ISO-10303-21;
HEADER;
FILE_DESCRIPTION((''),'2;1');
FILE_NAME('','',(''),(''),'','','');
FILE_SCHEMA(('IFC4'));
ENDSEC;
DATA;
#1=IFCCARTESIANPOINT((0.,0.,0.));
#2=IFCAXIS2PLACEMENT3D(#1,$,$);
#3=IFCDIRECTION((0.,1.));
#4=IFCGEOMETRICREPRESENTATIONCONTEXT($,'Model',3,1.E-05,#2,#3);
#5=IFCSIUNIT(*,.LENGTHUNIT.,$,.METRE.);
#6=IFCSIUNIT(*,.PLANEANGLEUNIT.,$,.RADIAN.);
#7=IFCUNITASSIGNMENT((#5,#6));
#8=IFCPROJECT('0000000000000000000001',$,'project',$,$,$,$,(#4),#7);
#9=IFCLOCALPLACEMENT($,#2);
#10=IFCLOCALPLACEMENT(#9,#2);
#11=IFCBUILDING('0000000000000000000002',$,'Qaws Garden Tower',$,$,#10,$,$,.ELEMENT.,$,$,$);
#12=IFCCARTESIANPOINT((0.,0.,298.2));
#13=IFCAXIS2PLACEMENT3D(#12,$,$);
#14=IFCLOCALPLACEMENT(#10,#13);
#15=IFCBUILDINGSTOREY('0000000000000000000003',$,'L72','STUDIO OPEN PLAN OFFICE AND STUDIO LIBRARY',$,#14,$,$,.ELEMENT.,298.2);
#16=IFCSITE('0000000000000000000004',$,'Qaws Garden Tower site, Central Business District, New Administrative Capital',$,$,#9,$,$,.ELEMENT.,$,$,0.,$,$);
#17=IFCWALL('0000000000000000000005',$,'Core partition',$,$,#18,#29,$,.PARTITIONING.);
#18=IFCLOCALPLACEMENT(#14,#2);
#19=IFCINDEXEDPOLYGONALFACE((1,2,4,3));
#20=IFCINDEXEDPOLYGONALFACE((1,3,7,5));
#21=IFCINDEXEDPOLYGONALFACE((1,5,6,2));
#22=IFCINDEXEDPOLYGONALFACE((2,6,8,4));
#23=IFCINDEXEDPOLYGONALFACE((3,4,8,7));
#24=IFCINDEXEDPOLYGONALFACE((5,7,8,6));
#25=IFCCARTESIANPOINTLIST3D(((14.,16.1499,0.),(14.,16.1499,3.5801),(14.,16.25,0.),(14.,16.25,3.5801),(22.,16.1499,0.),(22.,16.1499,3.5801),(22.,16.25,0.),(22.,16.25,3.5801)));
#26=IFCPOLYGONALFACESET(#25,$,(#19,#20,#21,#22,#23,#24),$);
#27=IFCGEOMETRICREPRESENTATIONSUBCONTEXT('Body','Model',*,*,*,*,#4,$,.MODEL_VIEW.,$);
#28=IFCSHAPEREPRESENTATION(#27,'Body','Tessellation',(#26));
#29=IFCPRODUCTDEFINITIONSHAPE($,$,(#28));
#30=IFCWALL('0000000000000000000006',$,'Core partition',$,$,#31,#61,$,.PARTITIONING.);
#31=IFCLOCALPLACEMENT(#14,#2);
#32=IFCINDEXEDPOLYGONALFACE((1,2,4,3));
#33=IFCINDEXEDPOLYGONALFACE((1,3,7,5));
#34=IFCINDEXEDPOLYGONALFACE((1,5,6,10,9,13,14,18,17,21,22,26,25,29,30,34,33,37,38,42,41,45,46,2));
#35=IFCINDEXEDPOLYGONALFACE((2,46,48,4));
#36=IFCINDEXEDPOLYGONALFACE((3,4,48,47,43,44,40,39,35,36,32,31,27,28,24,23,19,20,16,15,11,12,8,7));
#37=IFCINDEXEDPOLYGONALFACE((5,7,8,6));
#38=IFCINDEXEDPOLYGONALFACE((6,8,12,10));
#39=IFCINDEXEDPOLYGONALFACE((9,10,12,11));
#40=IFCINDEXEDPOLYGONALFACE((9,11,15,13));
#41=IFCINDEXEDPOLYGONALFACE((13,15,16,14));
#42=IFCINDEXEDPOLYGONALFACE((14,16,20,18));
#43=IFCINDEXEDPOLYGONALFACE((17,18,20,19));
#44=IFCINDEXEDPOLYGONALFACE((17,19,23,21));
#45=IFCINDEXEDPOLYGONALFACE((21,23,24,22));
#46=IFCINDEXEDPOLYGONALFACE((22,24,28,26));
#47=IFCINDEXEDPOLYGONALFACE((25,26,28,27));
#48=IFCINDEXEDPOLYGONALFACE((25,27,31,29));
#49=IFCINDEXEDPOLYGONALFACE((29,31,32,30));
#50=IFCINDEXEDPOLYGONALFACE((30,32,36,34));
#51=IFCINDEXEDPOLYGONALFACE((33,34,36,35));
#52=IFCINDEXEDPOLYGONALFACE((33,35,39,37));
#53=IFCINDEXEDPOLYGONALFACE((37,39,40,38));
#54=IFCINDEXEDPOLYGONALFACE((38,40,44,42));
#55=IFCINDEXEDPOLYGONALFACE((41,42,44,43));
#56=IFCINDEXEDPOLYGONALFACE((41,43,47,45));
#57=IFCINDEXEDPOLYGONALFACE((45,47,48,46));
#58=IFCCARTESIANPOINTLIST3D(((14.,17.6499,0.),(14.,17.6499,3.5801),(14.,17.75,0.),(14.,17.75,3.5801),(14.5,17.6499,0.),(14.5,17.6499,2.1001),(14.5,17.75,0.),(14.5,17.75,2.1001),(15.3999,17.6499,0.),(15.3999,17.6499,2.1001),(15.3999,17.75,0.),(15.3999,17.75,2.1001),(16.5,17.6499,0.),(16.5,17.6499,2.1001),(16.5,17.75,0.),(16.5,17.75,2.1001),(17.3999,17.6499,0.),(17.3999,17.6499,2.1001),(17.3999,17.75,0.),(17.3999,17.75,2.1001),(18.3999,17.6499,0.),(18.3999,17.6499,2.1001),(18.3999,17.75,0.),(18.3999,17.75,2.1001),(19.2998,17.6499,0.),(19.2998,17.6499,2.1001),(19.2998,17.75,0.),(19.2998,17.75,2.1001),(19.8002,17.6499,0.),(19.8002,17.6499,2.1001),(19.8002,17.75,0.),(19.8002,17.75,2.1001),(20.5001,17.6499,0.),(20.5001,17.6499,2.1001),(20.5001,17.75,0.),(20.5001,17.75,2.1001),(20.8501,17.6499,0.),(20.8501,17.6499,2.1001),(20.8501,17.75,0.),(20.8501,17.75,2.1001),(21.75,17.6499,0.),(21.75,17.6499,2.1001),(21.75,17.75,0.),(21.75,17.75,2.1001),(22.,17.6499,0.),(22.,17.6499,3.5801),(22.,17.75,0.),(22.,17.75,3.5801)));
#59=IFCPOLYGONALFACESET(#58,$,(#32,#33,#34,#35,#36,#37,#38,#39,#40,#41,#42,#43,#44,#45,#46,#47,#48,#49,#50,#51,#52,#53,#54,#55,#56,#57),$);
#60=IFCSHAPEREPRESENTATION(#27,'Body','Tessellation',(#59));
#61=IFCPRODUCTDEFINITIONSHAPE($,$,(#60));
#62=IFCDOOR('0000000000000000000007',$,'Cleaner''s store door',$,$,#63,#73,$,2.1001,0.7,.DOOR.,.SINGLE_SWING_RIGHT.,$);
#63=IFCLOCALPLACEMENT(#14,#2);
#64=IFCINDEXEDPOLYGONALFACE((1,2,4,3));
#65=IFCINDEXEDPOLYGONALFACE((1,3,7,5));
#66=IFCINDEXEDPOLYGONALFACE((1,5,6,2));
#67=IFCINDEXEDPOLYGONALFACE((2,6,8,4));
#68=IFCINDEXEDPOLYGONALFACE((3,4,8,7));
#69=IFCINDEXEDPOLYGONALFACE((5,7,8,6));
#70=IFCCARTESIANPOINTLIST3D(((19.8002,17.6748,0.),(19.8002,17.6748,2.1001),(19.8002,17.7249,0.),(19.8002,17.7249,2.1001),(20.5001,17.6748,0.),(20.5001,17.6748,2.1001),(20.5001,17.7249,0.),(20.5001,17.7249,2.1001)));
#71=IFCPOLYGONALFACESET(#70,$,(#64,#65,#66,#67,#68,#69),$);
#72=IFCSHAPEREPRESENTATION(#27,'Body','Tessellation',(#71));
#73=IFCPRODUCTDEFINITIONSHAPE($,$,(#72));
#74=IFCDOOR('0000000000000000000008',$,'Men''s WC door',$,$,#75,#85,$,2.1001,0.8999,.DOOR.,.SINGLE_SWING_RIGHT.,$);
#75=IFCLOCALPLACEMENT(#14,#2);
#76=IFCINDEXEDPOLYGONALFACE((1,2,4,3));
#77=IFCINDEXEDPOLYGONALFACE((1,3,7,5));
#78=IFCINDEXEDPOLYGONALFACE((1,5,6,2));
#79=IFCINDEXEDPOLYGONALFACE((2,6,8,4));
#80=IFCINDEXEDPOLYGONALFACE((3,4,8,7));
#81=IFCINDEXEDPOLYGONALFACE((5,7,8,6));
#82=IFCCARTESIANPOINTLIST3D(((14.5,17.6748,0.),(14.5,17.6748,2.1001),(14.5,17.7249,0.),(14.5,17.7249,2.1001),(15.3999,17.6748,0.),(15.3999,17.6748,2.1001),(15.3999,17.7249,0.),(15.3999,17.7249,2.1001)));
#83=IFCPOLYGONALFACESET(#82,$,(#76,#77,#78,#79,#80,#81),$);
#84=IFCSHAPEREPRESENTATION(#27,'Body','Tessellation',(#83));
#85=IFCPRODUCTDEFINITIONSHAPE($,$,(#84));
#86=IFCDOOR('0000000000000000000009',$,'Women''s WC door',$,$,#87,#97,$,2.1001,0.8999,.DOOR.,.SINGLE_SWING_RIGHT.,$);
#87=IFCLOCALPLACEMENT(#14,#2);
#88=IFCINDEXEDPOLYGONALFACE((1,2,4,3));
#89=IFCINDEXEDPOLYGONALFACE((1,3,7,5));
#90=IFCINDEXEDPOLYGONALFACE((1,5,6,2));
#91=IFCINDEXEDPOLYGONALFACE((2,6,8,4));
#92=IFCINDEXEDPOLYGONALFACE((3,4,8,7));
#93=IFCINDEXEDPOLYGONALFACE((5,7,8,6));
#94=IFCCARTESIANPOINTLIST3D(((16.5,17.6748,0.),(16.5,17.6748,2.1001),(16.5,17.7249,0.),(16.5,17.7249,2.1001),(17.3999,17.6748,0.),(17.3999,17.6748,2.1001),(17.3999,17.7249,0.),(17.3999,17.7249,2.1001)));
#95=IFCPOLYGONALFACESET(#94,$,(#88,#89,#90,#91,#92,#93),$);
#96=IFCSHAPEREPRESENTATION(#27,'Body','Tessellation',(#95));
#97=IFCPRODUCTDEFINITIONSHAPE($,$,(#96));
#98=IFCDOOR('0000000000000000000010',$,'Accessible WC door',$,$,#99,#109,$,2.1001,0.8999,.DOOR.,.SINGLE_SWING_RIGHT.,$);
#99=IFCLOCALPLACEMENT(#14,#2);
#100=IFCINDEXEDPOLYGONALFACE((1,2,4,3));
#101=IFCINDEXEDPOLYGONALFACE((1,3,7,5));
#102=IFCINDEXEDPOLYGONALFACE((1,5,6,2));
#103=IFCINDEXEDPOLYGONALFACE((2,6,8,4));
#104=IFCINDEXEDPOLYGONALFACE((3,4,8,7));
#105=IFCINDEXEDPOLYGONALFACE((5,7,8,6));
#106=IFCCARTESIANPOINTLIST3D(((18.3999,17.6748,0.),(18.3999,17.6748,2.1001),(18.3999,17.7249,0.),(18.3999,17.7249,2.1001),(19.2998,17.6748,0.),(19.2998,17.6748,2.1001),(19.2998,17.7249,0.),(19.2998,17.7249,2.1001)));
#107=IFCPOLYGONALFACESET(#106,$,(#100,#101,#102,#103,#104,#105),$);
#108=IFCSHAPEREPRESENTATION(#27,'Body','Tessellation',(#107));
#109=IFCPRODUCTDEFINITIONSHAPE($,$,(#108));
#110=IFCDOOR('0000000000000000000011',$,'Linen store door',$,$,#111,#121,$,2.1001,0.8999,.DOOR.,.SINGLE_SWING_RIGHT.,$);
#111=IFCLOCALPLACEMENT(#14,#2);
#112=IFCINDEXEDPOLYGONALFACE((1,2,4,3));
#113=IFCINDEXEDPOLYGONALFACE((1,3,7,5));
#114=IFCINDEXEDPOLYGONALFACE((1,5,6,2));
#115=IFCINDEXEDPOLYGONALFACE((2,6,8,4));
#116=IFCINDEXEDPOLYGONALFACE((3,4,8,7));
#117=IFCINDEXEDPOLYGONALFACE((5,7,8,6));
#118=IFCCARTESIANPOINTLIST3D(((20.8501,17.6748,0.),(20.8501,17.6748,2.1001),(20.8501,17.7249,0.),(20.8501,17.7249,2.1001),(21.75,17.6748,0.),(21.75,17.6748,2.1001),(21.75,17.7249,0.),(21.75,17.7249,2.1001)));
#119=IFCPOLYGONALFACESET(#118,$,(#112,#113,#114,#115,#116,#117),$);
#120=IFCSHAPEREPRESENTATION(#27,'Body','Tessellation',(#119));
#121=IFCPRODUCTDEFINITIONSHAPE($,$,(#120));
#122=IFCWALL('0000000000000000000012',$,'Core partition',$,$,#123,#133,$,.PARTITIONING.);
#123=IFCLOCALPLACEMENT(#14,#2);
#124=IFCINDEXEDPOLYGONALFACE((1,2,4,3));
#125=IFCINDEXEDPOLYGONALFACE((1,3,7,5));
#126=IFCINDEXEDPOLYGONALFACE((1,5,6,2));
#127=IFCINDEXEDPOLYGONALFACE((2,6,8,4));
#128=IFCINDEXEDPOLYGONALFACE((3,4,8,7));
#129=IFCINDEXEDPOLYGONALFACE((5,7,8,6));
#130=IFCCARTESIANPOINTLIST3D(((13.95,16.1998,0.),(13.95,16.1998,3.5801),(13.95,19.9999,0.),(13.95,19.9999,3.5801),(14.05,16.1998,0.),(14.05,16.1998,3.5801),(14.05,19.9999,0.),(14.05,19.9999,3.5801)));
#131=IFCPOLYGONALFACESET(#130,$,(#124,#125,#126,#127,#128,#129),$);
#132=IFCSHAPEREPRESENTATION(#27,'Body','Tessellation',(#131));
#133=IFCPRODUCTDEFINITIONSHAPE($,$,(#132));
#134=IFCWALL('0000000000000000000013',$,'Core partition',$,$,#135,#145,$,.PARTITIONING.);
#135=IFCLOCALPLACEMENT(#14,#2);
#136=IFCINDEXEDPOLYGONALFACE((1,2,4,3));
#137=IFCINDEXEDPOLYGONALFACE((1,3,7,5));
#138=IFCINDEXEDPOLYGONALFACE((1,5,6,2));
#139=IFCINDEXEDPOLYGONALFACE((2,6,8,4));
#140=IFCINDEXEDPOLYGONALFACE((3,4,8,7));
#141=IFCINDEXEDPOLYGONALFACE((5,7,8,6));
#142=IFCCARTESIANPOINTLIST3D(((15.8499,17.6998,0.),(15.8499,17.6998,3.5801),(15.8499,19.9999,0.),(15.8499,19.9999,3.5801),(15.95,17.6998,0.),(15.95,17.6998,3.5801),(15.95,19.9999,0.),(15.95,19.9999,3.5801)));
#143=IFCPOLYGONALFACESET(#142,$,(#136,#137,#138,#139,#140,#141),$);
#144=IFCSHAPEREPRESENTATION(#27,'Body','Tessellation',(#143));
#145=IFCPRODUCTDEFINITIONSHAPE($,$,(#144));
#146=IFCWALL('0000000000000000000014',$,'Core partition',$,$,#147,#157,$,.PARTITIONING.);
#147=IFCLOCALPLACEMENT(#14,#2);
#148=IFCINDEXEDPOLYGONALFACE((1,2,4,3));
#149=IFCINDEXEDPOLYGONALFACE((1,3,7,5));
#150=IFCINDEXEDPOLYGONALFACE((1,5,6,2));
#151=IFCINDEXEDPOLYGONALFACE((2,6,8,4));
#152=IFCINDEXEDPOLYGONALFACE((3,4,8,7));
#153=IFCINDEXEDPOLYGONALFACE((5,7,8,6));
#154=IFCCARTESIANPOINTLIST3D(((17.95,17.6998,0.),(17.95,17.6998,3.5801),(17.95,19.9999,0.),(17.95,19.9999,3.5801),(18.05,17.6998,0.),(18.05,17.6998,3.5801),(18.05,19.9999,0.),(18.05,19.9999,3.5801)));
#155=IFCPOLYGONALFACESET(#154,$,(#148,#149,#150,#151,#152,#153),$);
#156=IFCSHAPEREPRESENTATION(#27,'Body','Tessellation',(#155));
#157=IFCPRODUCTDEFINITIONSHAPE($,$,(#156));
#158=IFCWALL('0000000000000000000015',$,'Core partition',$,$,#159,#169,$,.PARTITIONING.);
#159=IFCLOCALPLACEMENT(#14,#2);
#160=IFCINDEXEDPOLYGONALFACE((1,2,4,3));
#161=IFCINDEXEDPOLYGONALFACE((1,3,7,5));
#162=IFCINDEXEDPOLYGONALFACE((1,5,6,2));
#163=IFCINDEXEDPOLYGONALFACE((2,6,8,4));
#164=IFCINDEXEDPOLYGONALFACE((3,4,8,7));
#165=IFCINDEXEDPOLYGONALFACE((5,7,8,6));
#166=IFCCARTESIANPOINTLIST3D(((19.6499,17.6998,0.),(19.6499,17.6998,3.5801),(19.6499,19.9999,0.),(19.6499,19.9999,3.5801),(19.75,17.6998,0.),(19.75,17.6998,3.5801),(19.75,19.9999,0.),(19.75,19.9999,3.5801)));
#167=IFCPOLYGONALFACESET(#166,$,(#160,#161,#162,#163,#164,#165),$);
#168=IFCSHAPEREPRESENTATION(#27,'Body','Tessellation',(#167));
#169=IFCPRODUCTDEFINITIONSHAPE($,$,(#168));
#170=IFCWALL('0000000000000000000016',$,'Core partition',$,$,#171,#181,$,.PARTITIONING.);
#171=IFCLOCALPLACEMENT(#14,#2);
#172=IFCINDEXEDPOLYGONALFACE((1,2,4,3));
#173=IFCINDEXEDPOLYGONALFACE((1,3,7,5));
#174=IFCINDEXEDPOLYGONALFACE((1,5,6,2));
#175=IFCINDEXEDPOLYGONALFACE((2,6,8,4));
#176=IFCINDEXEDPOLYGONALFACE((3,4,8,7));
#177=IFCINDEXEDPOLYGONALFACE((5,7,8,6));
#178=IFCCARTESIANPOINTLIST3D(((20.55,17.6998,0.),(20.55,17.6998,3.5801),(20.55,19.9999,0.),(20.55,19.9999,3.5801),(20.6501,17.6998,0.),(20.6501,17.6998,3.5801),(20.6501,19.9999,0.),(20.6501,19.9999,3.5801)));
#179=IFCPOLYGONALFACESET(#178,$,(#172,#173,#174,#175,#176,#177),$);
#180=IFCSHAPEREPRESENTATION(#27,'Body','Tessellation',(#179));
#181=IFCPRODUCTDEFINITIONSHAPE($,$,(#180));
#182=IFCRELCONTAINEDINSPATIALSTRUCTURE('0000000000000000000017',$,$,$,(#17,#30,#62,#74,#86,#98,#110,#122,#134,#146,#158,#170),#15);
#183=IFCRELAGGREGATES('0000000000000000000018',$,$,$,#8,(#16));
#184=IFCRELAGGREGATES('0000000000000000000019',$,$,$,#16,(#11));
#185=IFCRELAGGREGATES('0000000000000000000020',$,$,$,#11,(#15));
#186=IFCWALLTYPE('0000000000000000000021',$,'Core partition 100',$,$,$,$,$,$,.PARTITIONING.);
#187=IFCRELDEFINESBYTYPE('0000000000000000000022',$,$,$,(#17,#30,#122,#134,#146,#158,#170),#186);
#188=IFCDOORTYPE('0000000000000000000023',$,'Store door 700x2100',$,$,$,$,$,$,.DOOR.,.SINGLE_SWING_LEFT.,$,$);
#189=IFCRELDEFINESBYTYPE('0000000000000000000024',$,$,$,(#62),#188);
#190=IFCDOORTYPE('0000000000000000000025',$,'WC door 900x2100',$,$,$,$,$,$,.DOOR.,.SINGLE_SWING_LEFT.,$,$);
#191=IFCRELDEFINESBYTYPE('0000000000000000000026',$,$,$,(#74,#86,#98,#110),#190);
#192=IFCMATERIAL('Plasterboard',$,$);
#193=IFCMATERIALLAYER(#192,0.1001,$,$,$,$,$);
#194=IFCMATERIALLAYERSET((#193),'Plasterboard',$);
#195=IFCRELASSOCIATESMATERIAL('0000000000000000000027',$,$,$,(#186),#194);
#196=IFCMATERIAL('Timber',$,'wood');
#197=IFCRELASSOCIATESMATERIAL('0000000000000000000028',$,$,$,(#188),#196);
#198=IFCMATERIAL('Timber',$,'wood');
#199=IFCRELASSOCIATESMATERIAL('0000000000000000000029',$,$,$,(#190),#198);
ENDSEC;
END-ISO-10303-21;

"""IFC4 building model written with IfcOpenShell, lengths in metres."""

from ifc_helpers import new_model, si_unit, direction, frame, frame_2d, origin, place, context, subcontext, project, spatial, rectangle, extrude, material, layer, layer_set, type_object, element, fill, save


model = new_model("IFC4")

# Units and contexts
model_context = context("Model", 3, precision=1e-05, world=origin(), true_north=direction((0.0, 1.0)))
body_context = subcontext(model_context, "Body", "Model", "MODEL_VIEW")
ifc_project = project(units=[si_unit("LENGTHUNIT", "METRE"), si_unit("PLANEANGLEUNIT", "RADIAN")], contexts=[model_context])

# Site, building, storey
site_placement = place(None, origin())
site = spatial("IfcSite", under=ifc_project, at=site_placement, Name="Qaws Garden Tower site, Central Business District, New Administrative Capital", CompositionType="ELEMENT", RefElevation=0.0)
building_placement = place(site_placement, origin())
building = spatial("IfcBuilding", under=site, at=building_placement, Name="Qaws Garden Tower", CompositionType="ELEMENT")
storey_placement = place(building_placement, frame((0.0, 0.0, 298.2)))
storey = spatial("IfcBuildingStorey", under=building, at=storey_placement, Name="L72", Description="STUDIO OPEN PLAN OFFICE AND STUDIO LIBRARY", CompositionType="ELEMENT", Elevation=298.2)

# Wall
ifc_material_1 = material(Name="Plasterboard")
ifc_layer_1 = layer(ifc_material_1, 0.1001)
ifc_layer_set_1 = layer_set([ifc_layer_1], Name="Plasterboard")
wall_type_1 = type_object("IfcWallType", Name="Core partition 100", PredefinedType="PARTITIONING", material=ifc_layer_set_1)
wall_1_placement = place(storey_placement, frame((14.0, 16.2, 0.0), z_axis=(0.0, 0.0, 1.0), x_axis=(1.0, 0.0, 0.0)))
element("IfcWall", 1, at=wall_1_placement, inside=storey, type_object=wall_type_1, Name="Core partition", PredefinedType="PARTITIONING", context=body_context, shape_type="SweptSolid", body=[
    extrude(rectangle(XDim=8.0, YDim=0.1001, at=frame_2d((4.0, 0.0))), origin(), (0.0, 0.0, 1.0), 3.5801),
])

# Wall, openings, doors
wall_2_placement = place(storey_placement, frame((14.0, 17.7, 0.0), z_axis=(0.0, 0.0, 1.0), x_axis=(1.0, 0.0, 0.0)))
wall_2 = element("IfcWall", 2, at=wall_2_placement, inside=storey, type_object=wall_type_1, Name="Core partition", PredefinedType="PARTITIONING", context=body_context, shape_type="SweptSolid", body=[
    extrude(rectangle(XDim=8.0, YDim=0.1001, at=frame_2d((4.0, 0.0))), origin(), (0.0, 0.0, 1.0), 3.5801),
])
opening_1_placement = place(wall_2_placement, frame((0.5, 0.0, 0.0)))
opening_1 = element("IfcOpeningElement", 3, at=opening_1_placement, cuts=wall_2, PredefinedType="OPENING", context=body_context, shape_type="SweptSolid", body=[
    extrude(rectangle(XDim=0.8999, YDim=2.1001, at=frame_2d((0.45, 1.05))), frame((0.0, 0.0601, 0.0), z_axis=(0.0, -1.0, 0.0), x_axis=(1.0, 0.0, 0.0)), (0.0, 0.0, 1.0), 0.1201),
])
opening_2_placement = place(wall_2_placement, frame((2.5, 0.0, 0.0)))
opening_2 = element("IfcOpeningElement", 4, at=opening_2_placement, cuts=wall_2, PredefinedType="OPENING", context=body_context, shape_type="SweptSolid", body=[
    extrude(rectangle(XDim=0.8999, YDim=2.1001, at=frame_2d((0.45, 1.05))), frame((0.0, 0.0601, 0.0), z_axis=(0.0, -1.0, 0.0), x_axis=(1.0, 0.0, 0.0)), (0.0, 0.0, 1.0), 0.1201),
])
opening_3_placement = place(wall_2_placement, frame((4.3999, 0.0, 0.0)))
opening_3 = element("IfcOpeningElement", 5, at=opening_3_placement, cuts=wall_2, PredefinedType="OPENING", context=body_context, shape_type="SweptSolid", body=[
    extrude(rectangle(XDim=0.8999, YDim=2.1001, at=frame_2d((0.45, 1.05))), frame((0.0, 0.0601, 0.0), z_axis=(0.0, -1.0, 0.0), x_axis=(1.0, 0.0, 0.0)), (0.0, 0.0, 1.0), 0.1201),
])
opening_4_placement = place(wall_2_placement, frame((5.8, 0.0, 0.0)))
opening_4 = element("IfcOpeningElement", 6, at=opening_4_placement, cuts=wall_2, PredefinedType="OPENING", context=body_context, shape_type="SweptSolid", body=[
    extrude(rectangle(XDim=0.7, YDim=2.1001, at=frame_2d((0.3501, 1.05))), frame((0.0, 0.0601, 0.0), z_axis=(0.0, -1.0, 0.0), x_axis=(1.0, 0.0, 0.0)), (0.0, 0.0, 1.0), 0.1201),
])
opening_5_placement = place(wall_2_placement, frame((6.8501, 0.0, 0.0)))
opening_5 = element("IfcOpeningElement", 7, at=opening_5_placement, cuts=wall_2, PredefinedType="OPENING", context=body_context, shape_type="SweptSolid", body=[
    extrude(rectangle(XDim=0.8999, YDim=2.1001, at=frame_2d((0.45, 1.05))), frame((0.0, 0.0601, 0.0), z_axis=(0.0, -1.0, 0.0), x_axis=(1.0, 0.0, 0.0)), (0.0, 0.0, 1.0), 0.1201),
])
ifc_material_2 = material(Name="Timber", Category="wood")
door_type_1 = type_object("IfcDoorType", Name="Store door 700x2100", OperationType="SINGLE_SWING_LEFT", PredefinedType="DOOR", material=ifc_material_2)
door_1_placement = place(opening_4_placement, origin())
door_1 = element("IfcDoor", 8, at=door_1_placement, inside=storey, type_object=door_type_1, Name="Cleaner's store door", OperationType="SINGLE_SWING_RIGHT", OverallHeight=2.1001, OverallWidth=0.7, PredefinedType="DOOR", context=body_context, shape_type="SweptSolid", body=[
    extrude(rectangle(XDim=0.7, YDim=2.1001, at=frame_2d((0.3501, 1.05))), frame((0.0, 0.0249, 0.0), z_axis=(0.0, -1.0, 0.0), x_axis=(1.0, 0.0, 0.0)), (0.0, 0.0, 1.0), 0.05),
])
fill(opening_4, door_1)
ifc_material_3 = material(Name="Timber", Category="wood")
door_type_2 = type_object("IfcDoorType", Name="WC door 900x2100", OperationType="SINGLE_SWING_LEFT", PredefinedType="DOOR", material=ifc_material_3)
door_2_placement = place(opening_1_placement, origin())
door_2 = element("IfcDoor", 9, at=door_2_placement, inside=storey, type_object=door_type_2, Name="Men's WC door", OperationType="SINGLE_SWING_RIGHT", OverallHeight=2.1001, OverallWidth=0.8999, PredefinedType="DOOR", context=body_context, shape_type="SweptSolid", body=[
    extrude(rectangle(XDim=0.8999, YDim=2.1001, at=frame_2d((0.45, 1.05))), frame((0.0, 0.0249, 0.0), z_axis=(0.0, -1.0, 0.0), x_axis=(1.0, 0.0, 0.0)), (0.0, 0.0, 1.0), 0.05),
])
fill(opening_1, door_2)
door_3_placement = place(opening_2_placement, origin())
door_3 = element("IfcDoor", 10, at=door_3_placement, inside=storey, type_object=door_type_2, Name="Women's WC door", OperationType="SINGLE_SWING_RIGHT", OverallHeight=2.1001, OverallWidth=0.8999, PredefinedType="DOOR", context=body_context, shape_type="SweptSolid", body=[
    extrude(rectangle(XDim=0.8999, YDim=2.1001, at=frame_2d((0.45, 1.05))), frame((0.0, 0.0249, 0.0), z_axis=(0.0, -1.0, 0.0), x_axis=(1.0, 0.0, 0.0)), (0.0, 0.0, 1.0), 0.05),
])
fill(opening_2, door_3)
door_4_placement = place(opening_3_placement, origin())
door_4 = element("IfcDoor", 11, at=door_4_placement, inside=storey, type_object=door_type_2, Name="Accessible WC door", OperationType="SINGLE_SWING_RIGHT", OverallHeight=2.1001, OverallWidth=0.8999, PredefinedType="DOOR", context=body_context, shape_type="SweptSolid", body=[
    extrude(rectangle(XDim=0.8999, YDim=2.1001, at=frame_2d((0.45, 1.05))), frame((0.0, 0.0249, 0.0), z_axis=(0.0, -1.0, 0.0), x_axis=(1.0, 0.0, 0.0)), (0.0, 0.0, 1.0), 0.05),
])
fill(opening_3, door_4)
door_5_placement = place(opening_5_placement, origin())
door_5 = element("IfcDoor", 12, at=door_5_placement, inside=storey, type_object=door_type_2, Name="Linen store door", OperationType="SINGLE_SWING_RIGHT", OverallHeight=2.1001, OverallWidth=0.8999, PredefinedType="DOOR", context=body_context, shape_type="SweptSolid", body=[
    extrude(rectangle(XDim=0.8999, YDim=2.1001, at=frame_2d((0.45, 1.05))), frame((0.0, 0.0249, 0.0), z_axis=(0.0, -1.0, 0.0), x_axis=(1.0, 0.0, 0.0)), (0.0, 0.0, 1.0), 0.05),
])
fill(opening_5, door_5)

# Walls
wall_3_placement = place(storey_placement, frame((14.0, 16.2, 0.0), z_axis=(0.0, 0.0, 1.0), x_axis=(0.0, 1.0, 0.0)))
element("IfcWall", 13, at=wall_3_placement, inside=storey, type_object=wall_type_1, Name="Core partition", PredefinedType="PARTITIONING", context=body_context, shape_type="SweptSolid", body=[
    extrude(rectangle(XDim=3.8, YDim=0.1001, at=frame_2d((1.8999, 0.0))), origin(), (0.0, 0.0, 1.0), 3.5801),
])
for number, where, z_axis, x_axis, name in (
    (14, (15.8999, 17.7, 0.0), (0.0, 0.0, 1.0), (0.0, 1.0, 0.0), "Core partition"),
    (15, (18.0, 17.7, 0.0), (0.0, 0.0, 1.0), (0.0, 1.0, 0.0), "Core partition"),
    (16, (19.7, 17.7, 0.0), (0.0, 0.0, 1.0), (0.0, 1.0, 0.0), "Core partition"),
    (17, (20.6001, 17.7, 0.0), (0.0, 0.0, 1.0), (0.0, 1.0, 0.0), "Core partition"),
):
    element("IfcWall", number, at=place(storey_placement, frame(where, z_axis=z_axis, x_axis=x_axis)), inside=storey, type_object=wall_type_1, Name=name, PredefinedType="PARTITIONING", context=body_context, shape_type="SweptSolid", body=[
        extrude(rectangle(XDim=2.3, YDim=0.1001, at=frame_2d((1.1499, 0.0))), origin(), (0.0, 0.0, 1.0), 3.5801),
    ])

save(model, "model.ifc")
